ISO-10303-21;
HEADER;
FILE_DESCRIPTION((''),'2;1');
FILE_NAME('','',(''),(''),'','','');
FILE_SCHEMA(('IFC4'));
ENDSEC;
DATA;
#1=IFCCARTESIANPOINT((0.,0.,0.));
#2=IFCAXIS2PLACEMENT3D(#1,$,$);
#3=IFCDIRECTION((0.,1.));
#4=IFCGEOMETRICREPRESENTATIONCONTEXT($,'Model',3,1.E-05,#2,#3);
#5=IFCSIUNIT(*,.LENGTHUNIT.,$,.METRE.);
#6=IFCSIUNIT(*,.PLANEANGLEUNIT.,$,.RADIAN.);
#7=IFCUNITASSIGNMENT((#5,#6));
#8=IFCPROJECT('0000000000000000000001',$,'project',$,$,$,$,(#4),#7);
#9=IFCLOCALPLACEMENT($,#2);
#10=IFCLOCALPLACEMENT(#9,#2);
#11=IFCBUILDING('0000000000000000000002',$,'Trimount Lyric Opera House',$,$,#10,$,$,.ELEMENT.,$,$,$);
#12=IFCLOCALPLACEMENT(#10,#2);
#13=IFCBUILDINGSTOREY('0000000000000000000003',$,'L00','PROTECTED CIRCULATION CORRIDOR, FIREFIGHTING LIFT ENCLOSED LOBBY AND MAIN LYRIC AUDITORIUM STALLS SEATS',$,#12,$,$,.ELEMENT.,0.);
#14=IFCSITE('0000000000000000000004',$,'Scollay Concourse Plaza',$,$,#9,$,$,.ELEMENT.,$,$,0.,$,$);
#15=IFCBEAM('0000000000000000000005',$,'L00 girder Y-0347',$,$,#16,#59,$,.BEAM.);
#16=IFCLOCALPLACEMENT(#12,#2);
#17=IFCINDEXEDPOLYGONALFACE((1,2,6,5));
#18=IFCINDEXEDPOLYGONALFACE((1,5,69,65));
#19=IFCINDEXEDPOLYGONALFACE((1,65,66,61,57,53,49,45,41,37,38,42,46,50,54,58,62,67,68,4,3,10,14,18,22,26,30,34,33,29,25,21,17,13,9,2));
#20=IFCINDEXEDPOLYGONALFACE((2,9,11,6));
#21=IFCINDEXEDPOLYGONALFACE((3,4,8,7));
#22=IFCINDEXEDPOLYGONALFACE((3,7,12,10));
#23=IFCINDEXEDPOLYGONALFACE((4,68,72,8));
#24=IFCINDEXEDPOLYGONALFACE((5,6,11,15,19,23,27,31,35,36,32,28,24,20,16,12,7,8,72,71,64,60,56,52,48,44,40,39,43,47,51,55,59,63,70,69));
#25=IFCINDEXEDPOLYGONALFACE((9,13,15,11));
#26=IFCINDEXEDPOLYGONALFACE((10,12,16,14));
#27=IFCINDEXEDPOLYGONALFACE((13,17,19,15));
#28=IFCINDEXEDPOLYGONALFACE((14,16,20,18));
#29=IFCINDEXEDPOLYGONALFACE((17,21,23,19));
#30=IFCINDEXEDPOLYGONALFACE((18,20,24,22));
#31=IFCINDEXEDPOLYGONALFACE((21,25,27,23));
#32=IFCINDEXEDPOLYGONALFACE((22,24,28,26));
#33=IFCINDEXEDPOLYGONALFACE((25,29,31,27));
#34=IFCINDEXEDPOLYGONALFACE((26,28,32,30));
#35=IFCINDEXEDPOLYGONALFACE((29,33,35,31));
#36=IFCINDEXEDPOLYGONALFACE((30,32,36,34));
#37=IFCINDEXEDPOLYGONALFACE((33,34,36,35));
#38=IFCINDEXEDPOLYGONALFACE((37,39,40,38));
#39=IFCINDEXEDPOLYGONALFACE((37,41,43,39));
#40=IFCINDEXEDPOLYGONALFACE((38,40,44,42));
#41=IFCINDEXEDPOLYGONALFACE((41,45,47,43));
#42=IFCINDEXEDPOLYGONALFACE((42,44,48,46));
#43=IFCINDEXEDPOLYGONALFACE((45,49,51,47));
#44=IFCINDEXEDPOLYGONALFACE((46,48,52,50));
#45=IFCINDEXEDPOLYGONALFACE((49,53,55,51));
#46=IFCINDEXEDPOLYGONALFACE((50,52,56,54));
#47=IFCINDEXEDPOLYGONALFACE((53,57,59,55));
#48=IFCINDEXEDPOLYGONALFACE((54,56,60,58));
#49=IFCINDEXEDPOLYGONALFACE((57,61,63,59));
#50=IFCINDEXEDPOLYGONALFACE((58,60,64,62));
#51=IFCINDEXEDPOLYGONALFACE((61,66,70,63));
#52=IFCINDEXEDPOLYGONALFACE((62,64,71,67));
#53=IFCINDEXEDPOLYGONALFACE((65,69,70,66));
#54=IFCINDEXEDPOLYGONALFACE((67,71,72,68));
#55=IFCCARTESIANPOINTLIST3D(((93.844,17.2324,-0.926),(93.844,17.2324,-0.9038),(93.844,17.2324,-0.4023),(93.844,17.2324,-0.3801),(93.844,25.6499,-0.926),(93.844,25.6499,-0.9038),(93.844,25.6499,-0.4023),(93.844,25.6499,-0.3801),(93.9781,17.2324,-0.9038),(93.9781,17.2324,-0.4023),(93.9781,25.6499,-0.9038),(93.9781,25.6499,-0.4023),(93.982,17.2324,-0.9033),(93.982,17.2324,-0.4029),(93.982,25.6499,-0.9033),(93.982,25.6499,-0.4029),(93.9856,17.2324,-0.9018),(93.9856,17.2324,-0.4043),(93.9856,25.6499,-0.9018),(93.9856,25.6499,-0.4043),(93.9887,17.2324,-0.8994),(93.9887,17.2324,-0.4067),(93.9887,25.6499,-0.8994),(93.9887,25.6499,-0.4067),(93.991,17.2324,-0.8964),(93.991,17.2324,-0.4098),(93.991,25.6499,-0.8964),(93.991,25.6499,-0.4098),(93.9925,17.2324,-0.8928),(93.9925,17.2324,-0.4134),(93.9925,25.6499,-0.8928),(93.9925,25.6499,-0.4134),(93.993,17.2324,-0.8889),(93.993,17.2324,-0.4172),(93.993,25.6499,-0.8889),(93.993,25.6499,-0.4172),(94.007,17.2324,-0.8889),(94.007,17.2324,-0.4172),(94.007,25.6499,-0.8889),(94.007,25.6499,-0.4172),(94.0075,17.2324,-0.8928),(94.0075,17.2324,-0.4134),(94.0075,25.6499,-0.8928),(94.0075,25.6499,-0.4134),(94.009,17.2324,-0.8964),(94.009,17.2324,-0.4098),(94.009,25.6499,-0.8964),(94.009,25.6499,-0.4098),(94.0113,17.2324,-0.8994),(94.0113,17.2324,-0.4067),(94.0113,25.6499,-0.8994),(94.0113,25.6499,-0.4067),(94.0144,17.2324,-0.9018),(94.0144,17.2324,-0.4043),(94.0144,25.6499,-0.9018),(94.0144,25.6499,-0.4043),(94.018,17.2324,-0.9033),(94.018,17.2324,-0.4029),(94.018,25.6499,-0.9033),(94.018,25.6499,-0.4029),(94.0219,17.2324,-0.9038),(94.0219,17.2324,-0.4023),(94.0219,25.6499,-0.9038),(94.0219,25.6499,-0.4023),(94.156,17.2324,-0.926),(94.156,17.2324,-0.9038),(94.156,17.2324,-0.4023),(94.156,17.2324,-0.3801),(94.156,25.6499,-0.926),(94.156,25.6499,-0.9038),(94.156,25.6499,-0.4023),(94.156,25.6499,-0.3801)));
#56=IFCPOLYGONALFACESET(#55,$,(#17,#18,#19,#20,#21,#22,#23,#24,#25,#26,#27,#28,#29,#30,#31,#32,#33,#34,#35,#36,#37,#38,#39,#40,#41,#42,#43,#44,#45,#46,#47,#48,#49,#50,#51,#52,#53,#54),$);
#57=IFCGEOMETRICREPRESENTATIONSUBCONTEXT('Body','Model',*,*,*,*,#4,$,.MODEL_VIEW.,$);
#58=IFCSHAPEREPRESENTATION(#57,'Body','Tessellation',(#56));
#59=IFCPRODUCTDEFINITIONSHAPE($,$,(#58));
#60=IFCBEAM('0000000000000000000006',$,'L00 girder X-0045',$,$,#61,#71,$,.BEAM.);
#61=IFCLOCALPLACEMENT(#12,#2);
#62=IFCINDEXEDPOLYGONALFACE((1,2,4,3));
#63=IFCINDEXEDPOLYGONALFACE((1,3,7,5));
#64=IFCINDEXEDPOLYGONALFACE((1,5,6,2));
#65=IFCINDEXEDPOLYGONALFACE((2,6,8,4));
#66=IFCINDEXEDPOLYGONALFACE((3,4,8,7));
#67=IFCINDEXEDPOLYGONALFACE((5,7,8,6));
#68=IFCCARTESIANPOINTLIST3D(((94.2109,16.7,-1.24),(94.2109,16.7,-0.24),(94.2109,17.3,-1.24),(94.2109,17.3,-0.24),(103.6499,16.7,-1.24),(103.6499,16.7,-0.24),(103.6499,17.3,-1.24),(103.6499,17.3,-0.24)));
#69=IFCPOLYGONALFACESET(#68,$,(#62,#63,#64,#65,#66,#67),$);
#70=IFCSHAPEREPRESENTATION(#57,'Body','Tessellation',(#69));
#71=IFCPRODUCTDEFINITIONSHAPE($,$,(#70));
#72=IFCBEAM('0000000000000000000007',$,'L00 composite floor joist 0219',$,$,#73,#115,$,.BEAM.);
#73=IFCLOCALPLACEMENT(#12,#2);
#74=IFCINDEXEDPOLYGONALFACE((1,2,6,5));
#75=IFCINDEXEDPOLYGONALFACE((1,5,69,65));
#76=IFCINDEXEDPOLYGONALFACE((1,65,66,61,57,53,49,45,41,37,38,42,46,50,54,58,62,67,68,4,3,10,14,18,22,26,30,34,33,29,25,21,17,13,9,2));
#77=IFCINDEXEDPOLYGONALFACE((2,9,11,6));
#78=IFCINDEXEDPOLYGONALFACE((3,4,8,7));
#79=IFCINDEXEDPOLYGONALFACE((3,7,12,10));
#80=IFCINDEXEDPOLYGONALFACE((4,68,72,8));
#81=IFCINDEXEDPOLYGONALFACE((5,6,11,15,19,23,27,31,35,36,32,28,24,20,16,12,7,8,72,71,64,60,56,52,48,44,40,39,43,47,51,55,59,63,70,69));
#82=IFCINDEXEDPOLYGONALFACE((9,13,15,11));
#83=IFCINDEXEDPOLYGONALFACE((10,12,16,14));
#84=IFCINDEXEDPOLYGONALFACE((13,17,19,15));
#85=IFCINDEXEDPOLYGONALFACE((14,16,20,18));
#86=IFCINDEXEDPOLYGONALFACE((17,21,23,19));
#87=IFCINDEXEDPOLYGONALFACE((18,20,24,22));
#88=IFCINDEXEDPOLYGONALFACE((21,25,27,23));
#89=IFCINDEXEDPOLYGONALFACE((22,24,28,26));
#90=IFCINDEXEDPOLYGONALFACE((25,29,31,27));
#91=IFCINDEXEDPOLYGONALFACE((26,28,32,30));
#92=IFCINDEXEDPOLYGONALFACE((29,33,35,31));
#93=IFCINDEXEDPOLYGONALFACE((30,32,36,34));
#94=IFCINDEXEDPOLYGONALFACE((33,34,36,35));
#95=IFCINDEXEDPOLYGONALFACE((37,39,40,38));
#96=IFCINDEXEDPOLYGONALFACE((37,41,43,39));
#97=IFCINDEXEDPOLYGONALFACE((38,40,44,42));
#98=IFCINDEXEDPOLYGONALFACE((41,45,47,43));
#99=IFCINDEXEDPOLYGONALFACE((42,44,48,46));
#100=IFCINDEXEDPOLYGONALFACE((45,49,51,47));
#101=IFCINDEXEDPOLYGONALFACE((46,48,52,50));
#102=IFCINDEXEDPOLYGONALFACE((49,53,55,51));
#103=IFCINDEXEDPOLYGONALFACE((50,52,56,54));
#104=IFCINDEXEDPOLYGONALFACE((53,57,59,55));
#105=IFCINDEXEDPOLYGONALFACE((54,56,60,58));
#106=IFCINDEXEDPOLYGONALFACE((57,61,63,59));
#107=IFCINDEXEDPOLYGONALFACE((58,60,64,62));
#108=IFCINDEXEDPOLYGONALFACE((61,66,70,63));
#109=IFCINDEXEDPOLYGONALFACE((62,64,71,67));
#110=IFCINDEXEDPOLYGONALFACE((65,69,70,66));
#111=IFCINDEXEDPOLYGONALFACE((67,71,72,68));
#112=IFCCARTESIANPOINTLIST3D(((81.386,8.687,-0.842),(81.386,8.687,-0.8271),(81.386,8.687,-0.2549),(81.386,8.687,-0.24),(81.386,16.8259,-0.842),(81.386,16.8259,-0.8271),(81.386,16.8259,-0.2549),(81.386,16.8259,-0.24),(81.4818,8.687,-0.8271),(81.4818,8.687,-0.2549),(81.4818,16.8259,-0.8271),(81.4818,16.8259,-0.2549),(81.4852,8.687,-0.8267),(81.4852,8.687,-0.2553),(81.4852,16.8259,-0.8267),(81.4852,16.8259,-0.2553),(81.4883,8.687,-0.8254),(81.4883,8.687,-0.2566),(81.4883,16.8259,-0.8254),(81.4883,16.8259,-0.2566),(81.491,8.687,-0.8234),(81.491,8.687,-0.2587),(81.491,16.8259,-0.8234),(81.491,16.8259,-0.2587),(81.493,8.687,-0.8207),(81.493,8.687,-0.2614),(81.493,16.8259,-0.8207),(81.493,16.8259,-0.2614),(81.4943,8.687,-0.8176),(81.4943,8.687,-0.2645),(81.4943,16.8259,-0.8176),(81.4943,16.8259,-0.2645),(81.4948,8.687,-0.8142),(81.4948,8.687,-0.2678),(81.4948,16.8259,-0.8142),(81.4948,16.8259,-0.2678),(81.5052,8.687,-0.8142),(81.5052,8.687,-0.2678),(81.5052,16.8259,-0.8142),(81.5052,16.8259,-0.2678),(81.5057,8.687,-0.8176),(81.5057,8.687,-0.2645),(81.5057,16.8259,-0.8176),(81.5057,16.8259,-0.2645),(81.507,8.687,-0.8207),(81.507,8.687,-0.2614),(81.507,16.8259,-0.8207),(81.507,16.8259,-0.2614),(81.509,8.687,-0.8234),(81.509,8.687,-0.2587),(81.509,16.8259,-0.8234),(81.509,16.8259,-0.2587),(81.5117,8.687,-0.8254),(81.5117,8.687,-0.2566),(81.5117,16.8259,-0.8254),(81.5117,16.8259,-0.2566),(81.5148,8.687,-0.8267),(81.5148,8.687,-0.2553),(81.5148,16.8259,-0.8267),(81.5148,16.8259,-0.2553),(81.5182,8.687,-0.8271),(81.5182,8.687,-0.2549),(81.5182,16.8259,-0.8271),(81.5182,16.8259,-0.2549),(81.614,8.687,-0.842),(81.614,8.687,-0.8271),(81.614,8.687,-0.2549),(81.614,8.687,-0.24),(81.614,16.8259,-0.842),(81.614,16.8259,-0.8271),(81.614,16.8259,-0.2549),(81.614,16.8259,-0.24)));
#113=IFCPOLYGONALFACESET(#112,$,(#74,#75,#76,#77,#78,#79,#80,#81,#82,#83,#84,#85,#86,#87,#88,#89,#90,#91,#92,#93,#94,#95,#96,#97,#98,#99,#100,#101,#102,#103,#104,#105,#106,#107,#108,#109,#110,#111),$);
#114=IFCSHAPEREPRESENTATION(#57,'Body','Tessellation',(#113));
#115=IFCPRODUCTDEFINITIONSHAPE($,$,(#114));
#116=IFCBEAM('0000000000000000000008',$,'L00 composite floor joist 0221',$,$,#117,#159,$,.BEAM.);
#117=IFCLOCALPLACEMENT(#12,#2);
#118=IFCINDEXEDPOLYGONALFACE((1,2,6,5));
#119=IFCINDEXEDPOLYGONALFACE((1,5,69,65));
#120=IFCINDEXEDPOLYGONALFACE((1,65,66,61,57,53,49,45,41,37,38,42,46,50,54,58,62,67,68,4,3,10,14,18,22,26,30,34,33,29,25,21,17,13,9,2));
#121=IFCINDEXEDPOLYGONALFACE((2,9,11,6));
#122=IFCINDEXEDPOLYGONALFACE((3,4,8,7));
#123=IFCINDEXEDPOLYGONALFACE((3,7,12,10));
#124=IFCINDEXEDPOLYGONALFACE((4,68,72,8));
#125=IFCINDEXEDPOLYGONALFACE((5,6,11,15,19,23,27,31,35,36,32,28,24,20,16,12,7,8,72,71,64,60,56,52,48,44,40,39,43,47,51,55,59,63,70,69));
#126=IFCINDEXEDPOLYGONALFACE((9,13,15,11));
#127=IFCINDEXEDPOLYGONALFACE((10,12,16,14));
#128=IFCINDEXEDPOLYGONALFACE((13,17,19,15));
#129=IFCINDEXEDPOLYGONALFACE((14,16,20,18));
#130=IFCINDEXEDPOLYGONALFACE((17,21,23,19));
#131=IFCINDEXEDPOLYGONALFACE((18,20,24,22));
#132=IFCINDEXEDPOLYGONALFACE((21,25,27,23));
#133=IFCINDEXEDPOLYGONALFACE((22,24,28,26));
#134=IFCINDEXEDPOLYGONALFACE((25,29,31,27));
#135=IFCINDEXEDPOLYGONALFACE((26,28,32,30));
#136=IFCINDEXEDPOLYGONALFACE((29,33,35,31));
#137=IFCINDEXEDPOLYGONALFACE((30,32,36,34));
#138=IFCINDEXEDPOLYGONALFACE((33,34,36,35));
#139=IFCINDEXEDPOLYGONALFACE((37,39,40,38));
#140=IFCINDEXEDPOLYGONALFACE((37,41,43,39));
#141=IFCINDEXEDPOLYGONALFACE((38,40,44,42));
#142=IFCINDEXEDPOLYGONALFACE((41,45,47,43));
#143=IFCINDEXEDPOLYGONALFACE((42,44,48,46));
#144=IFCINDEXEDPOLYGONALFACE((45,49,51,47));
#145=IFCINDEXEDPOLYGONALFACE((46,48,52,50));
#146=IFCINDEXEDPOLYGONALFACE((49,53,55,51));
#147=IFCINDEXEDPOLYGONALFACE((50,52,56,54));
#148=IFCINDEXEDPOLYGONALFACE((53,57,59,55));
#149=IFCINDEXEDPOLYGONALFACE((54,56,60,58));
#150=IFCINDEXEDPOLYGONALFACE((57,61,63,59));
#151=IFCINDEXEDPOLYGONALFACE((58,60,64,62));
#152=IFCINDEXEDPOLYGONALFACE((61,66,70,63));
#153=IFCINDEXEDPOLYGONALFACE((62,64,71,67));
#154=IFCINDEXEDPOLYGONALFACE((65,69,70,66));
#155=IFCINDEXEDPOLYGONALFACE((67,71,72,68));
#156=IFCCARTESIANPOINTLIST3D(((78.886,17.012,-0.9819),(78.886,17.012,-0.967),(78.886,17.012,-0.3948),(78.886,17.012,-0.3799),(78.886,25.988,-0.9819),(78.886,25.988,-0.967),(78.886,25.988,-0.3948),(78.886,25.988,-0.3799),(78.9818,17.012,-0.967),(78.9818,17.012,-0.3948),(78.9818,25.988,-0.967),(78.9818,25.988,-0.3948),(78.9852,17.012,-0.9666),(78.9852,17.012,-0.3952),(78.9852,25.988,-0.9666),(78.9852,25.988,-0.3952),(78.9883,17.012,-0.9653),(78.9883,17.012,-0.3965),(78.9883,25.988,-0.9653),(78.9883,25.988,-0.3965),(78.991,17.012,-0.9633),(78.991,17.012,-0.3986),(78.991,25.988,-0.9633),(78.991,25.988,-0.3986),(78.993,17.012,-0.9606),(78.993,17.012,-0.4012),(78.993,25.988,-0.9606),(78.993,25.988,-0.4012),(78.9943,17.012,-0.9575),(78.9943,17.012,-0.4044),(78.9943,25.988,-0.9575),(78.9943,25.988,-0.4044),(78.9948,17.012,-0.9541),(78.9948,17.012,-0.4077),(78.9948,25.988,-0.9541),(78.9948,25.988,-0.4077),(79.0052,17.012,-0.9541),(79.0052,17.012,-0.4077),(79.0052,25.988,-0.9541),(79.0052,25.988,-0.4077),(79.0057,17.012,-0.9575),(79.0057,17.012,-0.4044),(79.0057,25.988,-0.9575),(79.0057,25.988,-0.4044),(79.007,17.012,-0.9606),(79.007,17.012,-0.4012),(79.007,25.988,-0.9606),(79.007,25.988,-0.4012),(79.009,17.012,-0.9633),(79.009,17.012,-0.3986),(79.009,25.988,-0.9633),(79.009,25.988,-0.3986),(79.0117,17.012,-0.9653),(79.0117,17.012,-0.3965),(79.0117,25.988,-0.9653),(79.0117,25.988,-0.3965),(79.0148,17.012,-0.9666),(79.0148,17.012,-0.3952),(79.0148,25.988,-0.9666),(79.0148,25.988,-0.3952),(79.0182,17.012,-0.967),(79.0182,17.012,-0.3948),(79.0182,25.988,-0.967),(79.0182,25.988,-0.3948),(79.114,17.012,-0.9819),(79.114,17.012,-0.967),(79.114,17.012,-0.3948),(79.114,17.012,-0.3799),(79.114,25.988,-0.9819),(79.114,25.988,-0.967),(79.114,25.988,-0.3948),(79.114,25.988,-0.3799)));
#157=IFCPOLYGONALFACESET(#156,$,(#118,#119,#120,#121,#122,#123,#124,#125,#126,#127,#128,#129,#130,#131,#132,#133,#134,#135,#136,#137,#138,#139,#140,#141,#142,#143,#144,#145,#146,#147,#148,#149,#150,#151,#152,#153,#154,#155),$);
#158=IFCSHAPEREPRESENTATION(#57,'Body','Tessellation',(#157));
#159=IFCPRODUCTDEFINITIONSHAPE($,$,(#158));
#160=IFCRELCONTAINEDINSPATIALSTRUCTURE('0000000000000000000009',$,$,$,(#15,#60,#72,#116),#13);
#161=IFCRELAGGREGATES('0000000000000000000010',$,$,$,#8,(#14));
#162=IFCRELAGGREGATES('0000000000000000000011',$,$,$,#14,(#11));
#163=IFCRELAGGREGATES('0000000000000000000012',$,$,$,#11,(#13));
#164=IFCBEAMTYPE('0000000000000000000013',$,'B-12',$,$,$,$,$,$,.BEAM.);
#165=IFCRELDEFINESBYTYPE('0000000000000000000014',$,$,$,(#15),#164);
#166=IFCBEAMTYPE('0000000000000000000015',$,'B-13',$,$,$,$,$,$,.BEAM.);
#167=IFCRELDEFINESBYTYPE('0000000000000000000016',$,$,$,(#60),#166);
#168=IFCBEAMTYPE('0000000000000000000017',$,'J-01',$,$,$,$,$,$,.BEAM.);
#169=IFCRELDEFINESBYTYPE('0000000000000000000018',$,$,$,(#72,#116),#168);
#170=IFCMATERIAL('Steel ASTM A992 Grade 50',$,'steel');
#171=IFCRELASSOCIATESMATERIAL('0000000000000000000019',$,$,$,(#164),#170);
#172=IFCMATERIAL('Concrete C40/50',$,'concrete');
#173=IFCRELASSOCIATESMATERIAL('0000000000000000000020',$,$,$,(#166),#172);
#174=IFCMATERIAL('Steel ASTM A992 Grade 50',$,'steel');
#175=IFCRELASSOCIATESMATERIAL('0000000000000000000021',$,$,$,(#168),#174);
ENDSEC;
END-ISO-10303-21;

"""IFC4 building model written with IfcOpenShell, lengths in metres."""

from ifc_helpers import new_model, si_unit, direction, frame, origin, origin_2d, place, context, subcontext, project, spatial, rectangle, i_section, extrude, material, material_profile, profile_set, type_object, element, save


model = new_model("IFC4")

# Units and contexts
model_context = context("Model", 3, precision=1e-05, world=origin(), true_north=direction((0.0, 1.0)))
body_context = subcontext(model_context, "Body", "Model", "MODEL_VIEW")
ifc_project = project(units=[si_unit("LENGTHUNIT", "METRE"), si_unit("PLANEANGLEUNIT", "RADIAN")], contexts=[model_context])

# Site, building, storey
site_placement = place(None, origin())
site = spatial("IfcSite", under=ifc_project, at=site_placement, Name="Scollay Concourse Plaza", CompositionType="ELEMENT", RefElevation=0.0)
building_placement = place(site_placement, origin())
building = spatial("IfcBuilding", under=site, at=building_placement, Name="Trimount Lyric Opera House", CompositionType="ELEMENT")
storey_placement = place(building_placement, origin())
storey = spatial("IfcBuildingStorey", under=building, at=storey_placement, Name="L00", Description="PROTECTED CIRCULATION CORRIDOR, FIREFIGHTING LIFT ENCLOSED LOBBY AND MAIN LYRIC AUDITORIUM STALLS SEATS", CompositionType="ELEMENT", Elevation=0.0)

# Beams
ifc_material_1 = material(Name="Steel ASTM A992 Grade 50", Category="steel")
ifc_material_profile_1 = material_profile(ifc_material_1, i_section(OverallWidth=0.312, OverallDepth=0.5459, WebThickness=0.0139, FlangeThickness=0.0222, FilletRadius=0.0149, at=origin_2d()), Name="W21X111")
ifc_profile_set_1 = profile_set([ifc_material_profile_1], Name="Steel ASTM A992 Grade 50")
beam_type_1 = type_object("IfcBeamType", Name="B-12", PredefinedType="BEAM", material=ifc_profile_set_1)
beam_1_placement = place(storey_placement, frame((94.0, 17.2324, -0.6531), z_axis=(0.0, 1.0, 0.0), x_axis=(-1.0, 0.0, 0.0)))
element("IfcBeam", 1, at=beam_1_placement, inside=storey, type_object=beam_type_1, Name="L00 girder Y-0347", PredefinedType="BEAM", context=body_context, shape_type="SweptSolid", body=[
    extrude(i_section(OverallWidth=0.312, OverallDepth=0.5459, WebThickness=0.0139, FlangeThickness=0.0222, FilletRadius=0.0149, at=origin_2d()), origin(), (0.0, 0.0, 1.0), 8.4175),
])
ifc_material_2 = material(Name="Concrete C40/50", Category="concrete")
ifc_material_profile_2 = material_profile(ifc_material_2, rectangle(XDim=0.6001, YDim=1.0, at=origin_2d()), Name="RC600X1000")
ifc_profile_set_2 = profile_set([ifc_material_profile_2], Name="Concrete C40/50")
beam_type_2 = type_object("IfcBeamType", Name="B-13", PredefinedType="BEAM", material=ifc_profile_set_2)
beam_2_placement = place(storey_placement, frame((94.2109, 17.0, -0.74), z_axis=(1.0, 0.0, 0.0), x_axis=(0.0, 1.0, 0.0)))
element("IfcBeam", 2, at=beam_2_placement, inside=storey, type_object=beam_type_2, Name="L00 girder X-0045", PredefinedType="BEAM", context=body_context, shape_type="SweptSolid", body=[
    extrude(rectangle(XDim=0.6001, YDim=1.0, at=origin_2d()), origin(), (0.0, 0.0, 1.0), 9.439),
])
ifc_material_3 = material(Name="Steel ASTM A992 Grade 50", Category="steel")
ifc_material_profile_3 = material_profile(ifc_material_3, i_section(OverallWidth=0.228, OverallDepth=0.6021, WebThickness=0.0105, FlangeThickness=0.0149, FilletRadius=0.0129, at=origin_2d()), Name="W24X68")
ifc_profile_set_3 = profile_set([ifc_material_profile_3], Name="Steel ASTM A992 Grade 50")
beam_type_3 = type_object("IfcBeamType", Name="J-01", PredefinedType="BEAM", material=ifc_profile_set_3)
beam_3_placement = place(storey_placement, frame((81.5, 8.687, -0.541), z_axis=(0.0, 1.0, 0.0), x_axis=(-1.0, 0.0, 0.0)))
element("IfcBeam", 3, at=beam_3_placement, inside=storey, type_object=beam_type_3, Name="L00 composite floor joist 0219", PredefinedType="BEAM", context=body_context, shape_type="SweptSolid", body=[
    extrude(i_section(OverallWidth=0.228, OverallDepth=0.6021, WebThickness=0.0105, FlangeThickness=0.0149, FilletRadius=0.0129, at=origin_2d()), origin(), (0.0, 0.0, 1.0), 8.1389),
])
beam_4_placement = place(storey_placement, frame((79.0, 17.012, -0.6809), z_axis=(0.0, 1.0, 0.0), x_axis=(-1.0, 0.0, 0.0)))
element("IfcBeam", 4, at=beam_4_placement, inside=storey, type_object=beam_type_3, Name="L00 composite floor joist 0221", PredefinedType="BEAM", context=body_context, shape_type="SweptSolid", body=[
    extrude(i_section(OverallWidth=0.228, OverallDepth=0.6021, WebThickness=0.0105, FlangeThickness=0.0149, FilletRadius=0.0129, at=origin_2d()), origin(), (0.0, 0.0, 1.0), 8.9761),
])

save(model, "model.ifc")
